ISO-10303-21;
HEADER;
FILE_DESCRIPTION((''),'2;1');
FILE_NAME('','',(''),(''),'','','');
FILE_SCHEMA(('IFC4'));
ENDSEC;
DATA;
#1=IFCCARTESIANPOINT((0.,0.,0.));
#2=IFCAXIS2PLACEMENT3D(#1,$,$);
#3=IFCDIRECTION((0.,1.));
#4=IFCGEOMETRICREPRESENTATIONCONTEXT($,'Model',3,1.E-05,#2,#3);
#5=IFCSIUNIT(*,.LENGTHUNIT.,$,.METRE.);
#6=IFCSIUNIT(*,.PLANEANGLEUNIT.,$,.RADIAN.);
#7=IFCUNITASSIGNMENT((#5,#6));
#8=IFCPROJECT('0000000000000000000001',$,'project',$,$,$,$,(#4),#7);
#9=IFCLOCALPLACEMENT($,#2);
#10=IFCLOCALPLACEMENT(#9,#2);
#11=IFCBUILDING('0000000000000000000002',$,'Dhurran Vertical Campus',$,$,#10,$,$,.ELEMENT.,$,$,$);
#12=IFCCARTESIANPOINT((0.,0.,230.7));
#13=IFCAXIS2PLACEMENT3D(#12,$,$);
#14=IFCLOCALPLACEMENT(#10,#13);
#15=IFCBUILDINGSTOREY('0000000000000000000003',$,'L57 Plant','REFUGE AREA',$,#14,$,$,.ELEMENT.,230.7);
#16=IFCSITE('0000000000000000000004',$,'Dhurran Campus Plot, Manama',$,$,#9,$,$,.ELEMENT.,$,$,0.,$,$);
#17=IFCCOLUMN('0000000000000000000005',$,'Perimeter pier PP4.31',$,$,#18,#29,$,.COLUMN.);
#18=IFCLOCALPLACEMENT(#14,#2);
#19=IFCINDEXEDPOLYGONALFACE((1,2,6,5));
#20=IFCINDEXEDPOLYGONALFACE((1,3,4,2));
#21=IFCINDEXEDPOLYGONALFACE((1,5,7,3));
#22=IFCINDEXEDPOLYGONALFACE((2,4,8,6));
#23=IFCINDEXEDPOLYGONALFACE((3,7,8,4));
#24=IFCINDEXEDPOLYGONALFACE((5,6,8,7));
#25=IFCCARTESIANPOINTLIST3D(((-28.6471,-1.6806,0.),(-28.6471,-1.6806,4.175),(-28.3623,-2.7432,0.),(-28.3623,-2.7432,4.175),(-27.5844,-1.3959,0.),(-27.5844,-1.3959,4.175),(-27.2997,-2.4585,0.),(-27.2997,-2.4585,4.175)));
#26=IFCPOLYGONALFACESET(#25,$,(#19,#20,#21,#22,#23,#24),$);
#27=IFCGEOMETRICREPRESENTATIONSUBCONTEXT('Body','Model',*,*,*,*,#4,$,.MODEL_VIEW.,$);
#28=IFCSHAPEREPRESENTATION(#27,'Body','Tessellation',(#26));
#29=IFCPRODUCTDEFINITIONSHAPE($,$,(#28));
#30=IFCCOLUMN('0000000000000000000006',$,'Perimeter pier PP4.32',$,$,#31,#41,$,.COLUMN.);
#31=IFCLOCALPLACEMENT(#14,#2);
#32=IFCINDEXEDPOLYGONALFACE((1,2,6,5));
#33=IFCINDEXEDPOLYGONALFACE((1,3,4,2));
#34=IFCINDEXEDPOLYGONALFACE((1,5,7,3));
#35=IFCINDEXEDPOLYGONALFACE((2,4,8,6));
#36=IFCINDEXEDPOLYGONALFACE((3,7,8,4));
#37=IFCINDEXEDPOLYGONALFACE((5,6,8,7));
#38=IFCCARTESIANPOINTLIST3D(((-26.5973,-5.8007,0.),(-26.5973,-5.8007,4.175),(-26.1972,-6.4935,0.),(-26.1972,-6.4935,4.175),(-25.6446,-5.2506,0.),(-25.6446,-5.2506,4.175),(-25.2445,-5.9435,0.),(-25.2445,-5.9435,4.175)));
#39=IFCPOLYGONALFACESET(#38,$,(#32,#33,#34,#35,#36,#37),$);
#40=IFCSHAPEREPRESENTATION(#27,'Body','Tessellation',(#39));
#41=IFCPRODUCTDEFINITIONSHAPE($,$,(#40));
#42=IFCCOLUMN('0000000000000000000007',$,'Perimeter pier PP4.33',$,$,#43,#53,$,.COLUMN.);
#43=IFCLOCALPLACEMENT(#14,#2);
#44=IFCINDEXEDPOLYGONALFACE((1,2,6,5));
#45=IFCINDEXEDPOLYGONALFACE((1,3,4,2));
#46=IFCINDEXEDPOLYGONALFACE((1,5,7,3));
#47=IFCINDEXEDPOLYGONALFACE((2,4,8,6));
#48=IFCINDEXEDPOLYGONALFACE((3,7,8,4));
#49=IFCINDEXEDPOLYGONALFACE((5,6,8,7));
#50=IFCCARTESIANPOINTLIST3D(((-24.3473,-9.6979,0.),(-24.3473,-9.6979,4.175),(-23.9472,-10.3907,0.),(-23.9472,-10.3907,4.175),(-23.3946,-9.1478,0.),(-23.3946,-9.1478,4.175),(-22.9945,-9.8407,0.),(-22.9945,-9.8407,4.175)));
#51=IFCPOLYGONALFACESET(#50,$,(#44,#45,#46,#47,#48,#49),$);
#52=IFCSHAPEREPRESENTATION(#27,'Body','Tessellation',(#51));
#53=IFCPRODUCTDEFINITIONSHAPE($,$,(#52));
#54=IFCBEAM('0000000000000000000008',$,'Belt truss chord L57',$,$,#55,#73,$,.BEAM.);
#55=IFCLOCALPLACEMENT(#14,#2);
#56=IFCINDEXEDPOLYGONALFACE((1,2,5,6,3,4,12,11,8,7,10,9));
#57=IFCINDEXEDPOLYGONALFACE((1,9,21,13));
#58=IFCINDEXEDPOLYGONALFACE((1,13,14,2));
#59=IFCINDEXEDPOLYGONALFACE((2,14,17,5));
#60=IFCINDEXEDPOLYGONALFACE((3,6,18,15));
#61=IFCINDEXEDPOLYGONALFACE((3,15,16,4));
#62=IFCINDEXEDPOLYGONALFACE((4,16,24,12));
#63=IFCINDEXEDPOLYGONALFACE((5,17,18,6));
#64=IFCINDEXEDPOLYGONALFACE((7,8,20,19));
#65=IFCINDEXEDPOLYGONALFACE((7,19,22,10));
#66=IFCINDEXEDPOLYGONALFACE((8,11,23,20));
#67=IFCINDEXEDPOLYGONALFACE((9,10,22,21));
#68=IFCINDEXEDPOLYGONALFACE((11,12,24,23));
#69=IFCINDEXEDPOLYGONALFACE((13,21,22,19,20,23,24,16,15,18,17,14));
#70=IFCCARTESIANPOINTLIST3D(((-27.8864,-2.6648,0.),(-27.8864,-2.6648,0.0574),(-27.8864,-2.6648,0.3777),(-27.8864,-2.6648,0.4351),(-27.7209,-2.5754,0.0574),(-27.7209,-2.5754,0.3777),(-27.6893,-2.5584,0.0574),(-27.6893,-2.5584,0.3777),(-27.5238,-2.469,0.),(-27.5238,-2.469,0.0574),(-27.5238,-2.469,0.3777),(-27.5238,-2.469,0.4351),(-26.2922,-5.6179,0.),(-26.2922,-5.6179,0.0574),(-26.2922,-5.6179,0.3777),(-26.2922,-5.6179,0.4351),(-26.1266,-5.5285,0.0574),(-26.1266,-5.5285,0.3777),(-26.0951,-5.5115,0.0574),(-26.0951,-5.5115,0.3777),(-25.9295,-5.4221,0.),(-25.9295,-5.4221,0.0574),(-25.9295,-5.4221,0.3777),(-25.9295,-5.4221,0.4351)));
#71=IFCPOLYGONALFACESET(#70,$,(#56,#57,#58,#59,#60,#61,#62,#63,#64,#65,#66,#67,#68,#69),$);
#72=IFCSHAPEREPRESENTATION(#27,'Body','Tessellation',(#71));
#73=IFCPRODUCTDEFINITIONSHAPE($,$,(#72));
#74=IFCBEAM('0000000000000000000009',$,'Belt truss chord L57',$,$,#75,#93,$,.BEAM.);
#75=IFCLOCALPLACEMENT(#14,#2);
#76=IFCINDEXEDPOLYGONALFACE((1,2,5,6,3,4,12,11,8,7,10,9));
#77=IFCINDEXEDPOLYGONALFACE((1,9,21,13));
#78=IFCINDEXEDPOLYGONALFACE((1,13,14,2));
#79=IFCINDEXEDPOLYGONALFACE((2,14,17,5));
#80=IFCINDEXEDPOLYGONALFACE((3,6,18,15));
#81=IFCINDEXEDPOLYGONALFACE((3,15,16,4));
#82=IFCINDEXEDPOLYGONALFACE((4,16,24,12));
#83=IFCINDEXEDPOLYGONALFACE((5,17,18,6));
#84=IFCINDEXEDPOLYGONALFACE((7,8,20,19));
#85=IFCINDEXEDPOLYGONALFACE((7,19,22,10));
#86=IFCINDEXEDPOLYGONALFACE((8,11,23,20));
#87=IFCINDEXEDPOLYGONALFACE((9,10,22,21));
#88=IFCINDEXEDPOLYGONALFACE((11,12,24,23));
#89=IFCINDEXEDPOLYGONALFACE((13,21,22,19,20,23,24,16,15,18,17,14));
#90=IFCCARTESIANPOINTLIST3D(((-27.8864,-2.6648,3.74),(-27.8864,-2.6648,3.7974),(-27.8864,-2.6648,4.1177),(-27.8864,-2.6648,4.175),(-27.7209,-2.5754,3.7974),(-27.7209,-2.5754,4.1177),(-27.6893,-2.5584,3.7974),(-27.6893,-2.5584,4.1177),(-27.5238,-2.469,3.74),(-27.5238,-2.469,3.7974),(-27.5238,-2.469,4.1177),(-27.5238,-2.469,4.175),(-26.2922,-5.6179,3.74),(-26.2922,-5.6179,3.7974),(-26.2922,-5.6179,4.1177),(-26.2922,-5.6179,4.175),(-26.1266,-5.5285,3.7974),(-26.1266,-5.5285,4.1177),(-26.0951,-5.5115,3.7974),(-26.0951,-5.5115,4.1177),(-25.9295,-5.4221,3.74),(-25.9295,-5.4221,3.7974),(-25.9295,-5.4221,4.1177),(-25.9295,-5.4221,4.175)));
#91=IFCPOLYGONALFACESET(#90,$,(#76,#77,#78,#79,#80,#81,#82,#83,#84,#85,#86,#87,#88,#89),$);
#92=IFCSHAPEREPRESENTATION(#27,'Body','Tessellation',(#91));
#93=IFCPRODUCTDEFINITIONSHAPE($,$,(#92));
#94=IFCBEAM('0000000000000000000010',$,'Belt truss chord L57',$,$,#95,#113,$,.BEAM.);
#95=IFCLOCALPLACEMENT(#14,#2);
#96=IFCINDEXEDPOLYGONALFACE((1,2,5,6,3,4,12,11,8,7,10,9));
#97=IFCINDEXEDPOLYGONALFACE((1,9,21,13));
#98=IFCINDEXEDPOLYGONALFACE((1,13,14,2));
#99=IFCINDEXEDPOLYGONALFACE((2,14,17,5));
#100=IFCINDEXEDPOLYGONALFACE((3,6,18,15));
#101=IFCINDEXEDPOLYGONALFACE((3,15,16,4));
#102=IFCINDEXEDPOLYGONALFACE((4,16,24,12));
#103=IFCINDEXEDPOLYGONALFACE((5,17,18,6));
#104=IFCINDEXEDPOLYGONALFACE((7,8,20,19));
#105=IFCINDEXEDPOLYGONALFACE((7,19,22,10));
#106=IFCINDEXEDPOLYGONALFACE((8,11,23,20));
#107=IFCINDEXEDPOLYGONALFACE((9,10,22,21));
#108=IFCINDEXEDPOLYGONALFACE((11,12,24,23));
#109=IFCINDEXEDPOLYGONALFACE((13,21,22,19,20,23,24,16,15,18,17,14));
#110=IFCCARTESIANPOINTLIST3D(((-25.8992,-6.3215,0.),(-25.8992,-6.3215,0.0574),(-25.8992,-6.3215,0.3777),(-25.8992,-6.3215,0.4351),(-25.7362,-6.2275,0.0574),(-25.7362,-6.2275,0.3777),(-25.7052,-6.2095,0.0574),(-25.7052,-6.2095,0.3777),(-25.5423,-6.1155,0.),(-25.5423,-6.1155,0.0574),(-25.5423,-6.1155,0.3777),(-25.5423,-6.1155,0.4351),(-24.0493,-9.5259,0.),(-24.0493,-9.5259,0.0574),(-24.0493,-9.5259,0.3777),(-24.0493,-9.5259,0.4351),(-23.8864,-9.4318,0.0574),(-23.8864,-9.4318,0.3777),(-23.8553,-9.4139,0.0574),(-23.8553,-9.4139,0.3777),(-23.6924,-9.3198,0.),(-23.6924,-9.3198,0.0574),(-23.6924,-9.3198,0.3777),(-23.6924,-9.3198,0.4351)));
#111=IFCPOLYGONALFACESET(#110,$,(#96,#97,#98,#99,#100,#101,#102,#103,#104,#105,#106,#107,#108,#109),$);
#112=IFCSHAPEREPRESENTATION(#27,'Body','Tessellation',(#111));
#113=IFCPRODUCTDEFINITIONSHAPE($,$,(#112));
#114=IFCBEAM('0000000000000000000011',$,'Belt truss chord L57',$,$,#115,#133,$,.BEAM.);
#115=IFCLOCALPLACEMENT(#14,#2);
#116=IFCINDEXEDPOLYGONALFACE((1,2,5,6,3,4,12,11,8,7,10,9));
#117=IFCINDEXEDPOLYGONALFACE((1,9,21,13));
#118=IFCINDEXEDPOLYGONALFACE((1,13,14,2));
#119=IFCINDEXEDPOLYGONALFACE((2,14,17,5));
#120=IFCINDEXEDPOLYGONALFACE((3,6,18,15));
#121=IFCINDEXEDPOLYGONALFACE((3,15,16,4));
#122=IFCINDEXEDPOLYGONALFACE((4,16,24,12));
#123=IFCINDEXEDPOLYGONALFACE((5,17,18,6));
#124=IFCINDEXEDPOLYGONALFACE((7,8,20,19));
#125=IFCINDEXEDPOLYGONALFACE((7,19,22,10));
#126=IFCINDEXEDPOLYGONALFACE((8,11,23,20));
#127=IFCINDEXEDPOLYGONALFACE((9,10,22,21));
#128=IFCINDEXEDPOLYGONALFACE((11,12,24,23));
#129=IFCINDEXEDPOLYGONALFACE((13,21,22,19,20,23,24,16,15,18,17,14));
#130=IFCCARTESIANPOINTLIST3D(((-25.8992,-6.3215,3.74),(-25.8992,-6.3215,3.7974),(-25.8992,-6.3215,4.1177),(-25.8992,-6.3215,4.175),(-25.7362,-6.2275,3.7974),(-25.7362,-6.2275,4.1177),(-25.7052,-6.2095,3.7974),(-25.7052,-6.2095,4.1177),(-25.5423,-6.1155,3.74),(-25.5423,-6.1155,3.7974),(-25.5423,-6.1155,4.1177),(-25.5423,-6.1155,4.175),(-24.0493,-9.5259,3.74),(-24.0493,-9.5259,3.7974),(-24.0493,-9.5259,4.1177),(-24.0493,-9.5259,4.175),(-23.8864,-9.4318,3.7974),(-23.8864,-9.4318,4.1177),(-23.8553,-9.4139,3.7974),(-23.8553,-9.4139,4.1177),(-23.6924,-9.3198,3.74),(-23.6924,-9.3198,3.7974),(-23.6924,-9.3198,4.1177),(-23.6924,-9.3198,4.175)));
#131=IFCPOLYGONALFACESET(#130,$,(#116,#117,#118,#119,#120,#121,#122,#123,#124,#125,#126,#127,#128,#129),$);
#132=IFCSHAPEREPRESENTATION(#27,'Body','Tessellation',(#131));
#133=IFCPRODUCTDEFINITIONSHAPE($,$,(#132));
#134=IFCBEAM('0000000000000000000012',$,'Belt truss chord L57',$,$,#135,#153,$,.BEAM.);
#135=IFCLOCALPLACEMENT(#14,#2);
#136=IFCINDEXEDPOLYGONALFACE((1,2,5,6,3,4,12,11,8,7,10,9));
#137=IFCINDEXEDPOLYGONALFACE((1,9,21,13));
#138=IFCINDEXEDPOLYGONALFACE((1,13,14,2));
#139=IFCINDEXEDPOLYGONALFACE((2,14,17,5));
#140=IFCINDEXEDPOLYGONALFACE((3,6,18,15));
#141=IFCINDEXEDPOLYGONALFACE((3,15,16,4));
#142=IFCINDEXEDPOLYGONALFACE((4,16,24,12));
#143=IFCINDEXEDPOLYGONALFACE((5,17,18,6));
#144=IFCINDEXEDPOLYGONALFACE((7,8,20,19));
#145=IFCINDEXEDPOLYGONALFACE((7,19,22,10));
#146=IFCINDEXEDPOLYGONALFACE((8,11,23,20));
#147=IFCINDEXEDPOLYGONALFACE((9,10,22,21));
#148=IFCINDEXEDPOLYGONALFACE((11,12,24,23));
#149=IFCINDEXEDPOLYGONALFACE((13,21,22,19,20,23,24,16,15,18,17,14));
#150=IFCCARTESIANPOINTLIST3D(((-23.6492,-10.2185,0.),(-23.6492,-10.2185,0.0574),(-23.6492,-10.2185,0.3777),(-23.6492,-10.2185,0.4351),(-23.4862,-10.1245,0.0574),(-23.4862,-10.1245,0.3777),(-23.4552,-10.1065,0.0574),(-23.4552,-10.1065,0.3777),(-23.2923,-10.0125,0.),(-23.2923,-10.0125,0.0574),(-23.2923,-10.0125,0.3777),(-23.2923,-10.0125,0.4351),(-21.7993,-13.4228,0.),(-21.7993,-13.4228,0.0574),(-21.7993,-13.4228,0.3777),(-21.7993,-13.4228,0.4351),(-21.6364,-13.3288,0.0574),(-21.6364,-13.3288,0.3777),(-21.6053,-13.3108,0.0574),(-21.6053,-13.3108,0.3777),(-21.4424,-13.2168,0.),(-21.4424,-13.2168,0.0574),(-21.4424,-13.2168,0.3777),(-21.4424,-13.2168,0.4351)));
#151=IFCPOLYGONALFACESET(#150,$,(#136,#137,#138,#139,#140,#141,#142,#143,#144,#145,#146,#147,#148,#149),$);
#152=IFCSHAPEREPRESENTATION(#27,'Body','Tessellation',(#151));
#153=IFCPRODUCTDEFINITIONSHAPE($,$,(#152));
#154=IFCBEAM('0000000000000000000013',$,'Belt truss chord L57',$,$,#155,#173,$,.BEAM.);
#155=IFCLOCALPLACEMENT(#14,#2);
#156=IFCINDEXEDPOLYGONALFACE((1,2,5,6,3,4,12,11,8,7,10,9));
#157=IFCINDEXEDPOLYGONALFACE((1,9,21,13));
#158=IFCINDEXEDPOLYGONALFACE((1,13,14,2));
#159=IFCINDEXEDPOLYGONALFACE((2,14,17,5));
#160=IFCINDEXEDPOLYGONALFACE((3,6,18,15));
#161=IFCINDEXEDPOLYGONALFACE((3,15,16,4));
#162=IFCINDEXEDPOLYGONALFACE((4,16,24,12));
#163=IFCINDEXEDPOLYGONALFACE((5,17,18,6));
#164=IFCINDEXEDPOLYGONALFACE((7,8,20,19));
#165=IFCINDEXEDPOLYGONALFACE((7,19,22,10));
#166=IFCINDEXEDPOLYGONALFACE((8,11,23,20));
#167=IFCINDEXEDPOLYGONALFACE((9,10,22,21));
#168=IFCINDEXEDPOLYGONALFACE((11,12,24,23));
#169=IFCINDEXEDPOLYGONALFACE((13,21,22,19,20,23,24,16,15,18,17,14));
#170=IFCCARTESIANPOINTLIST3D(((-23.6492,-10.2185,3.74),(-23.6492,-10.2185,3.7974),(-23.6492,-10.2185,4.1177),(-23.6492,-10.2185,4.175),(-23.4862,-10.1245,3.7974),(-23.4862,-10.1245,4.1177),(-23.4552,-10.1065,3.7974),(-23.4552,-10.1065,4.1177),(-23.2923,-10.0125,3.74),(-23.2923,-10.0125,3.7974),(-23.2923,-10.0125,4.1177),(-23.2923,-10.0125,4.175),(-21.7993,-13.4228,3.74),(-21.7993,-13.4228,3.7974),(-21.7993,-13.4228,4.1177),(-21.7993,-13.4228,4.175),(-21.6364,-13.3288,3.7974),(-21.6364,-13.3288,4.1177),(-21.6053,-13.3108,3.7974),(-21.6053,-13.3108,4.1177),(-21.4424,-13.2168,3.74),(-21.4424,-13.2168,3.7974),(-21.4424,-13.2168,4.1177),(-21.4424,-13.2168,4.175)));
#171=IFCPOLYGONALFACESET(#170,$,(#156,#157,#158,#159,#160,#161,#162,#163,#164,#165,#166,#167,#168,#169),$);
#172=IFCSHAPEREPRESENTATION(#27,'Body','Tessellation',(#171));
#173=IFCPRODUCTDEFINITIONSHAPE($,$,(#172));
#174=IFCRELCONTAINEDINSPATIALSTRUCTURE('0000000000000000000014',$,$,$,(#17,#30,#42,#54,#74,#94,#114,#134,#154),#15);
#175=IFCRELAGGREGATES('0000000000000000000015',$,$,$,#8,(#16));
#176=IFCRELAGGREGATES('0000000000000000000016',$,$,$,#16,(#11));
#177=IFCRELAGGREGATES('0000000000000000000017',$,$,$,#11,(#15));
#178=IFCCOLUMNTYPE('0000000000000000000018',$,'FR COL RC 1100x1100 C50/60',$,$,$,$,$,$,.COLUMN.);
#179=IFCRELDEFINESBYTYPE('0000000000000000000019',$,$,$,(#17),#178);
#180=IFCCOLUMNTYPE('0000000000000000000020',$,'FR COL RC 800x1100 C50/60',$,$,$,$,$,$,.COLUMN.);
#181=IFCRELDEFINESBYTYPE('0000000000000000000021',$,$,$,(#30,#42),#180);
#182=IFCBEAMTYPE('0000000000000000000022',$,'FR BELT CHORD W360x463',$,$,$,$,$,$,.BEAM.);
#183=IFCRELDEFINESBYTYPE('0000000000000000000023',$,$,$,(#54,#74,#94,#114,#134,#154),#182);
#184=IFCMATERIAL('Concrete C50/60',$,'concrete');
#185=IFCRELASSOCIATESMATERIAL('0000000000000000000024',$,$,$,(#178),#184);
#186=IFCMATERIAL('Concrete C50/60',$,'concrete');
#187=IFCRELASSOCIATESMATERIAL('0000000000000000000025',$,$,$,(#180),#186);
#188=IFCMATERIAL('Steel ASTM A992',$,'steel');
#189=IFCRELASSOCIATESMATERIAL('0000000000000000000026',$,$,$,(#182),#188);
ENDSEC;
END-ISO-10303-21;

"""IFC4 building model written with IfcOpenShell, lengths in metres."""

from ifc_helpers import new_model, si_unit, direction, frame, origin, origin_2d, place, context, subcontext, project, spatial, rectangle, i_section, extrude, material, material_profile, profile_set, type_object, element, save


model = new_model("IFC4")

# Units and contexts
model_context = context("Model", 3, precision=1e-05, world=origin(), true_north=direction((0.0, 1.0)))
body_context = subcontext(model_context, "Body", "Model", "MODEL_VIEW")
ifc_project = project(units=[si_unit("LENGTHUNIT", "METRE"), si_unit("PLANEANGLEUNIT", "RADIAN")], contexts=[model_context])

# Site, building, storey
site_placement = place(None, origin())
site = spatial("IfcSite", under=ifc_project, at=site_placement, Name="Dhurran Campus Plot, Manama", CompositionType="ELEMENT", RefElevation=0.0)
building_placement = place(site_placement, origin())
building = spatial("IfcBuilding", under=site, at=building_placement, Name="Dhurran Vertical Campus", CompositionType="ELEMENT")
storey_placement = place(building_placement, frame((0.0, 0.0, 230.7)))
storey = spatial("IfcBuildingStorey", under=building, at=storey_placement, Name="L57 Plant", Description="REFUGE AREA", CompositionType="ELEMENT", Elevation=230.7)

# Columns
ifc_material_1 = material(Name="Concrete C50/60", Category="concrete")
ifc_material_profile_1 = material_profile(ifc_material_1, rectangle(XDim=1.1001, YDim=1.1001, at=origin_2d()), Name="RC 1100x1100")
ifc_profile_set_1 = profile_set([ifc_material_profile_1], Name="Concrete C50/60")
column_type_1 = type_object("IfcColumnType", Name="FR COL RC 1100x1100 C50/60", PredefinedType="COLUMN", material=ifc_profile_set_1)
column_placement = place(storey_placement, frame((-27.9734, -2.0696, 0.0), z_axis=(0.0, 0.0, 1.0), x_axis=(0.258819, -0.965926, 0.0)))
element("IfcColumn", 1, at=column_placement, inside=storey, type_object=column_type_1, Name="Perimeter pier PP4.31", PredefinedType="COLUMN", context=body_context, shape_type="SweptSolid", body=[
    extrude(rectangle(XDim=1.1001, YDim=1.1001, at=origin_2d()), origin(), (0.0, 0.0, 1.0), 4.175),
])
ifc_material_2 = material(Name="Concrete C50/60", Category="concrete")
ifc_material_profile_2 = material_profile(ifc_material_2, rectangle(XDim=0.8, YDim=1.1001, at=origin_2d()), Name="RC 800x1100")
ifc_profile_set_2 = profile_set([ifc_material_profile_2], Name="Concrete C50/60")
column_type_2 = type_object("IfcColumnType", Name="FR COL RC 800x1100 C50/60", PredefinedType="COLUMN", material=ifc_profile_set_2)
for number, where, z_axis, x_axis, name in (
    (2, (-25.9209, -5.8721, 0.0), (0.0, 0.0, 1.0), (0.5, -0.866025, 0.0), "Perimeter pier PP4.32"),
    (3, (-23.6709, -9.7693, 0.0), (0.0, 0.0, 1.0), (0.5, -0.866025, 0.0), "Perimeter pier PP4.33"),
):
    element("IfcColumn", number, at=place(storey_placement, frame(where, z_axis=z_axis, x_axis=x_axis)), inside=storey, type_object=column_type_2, Name=name, PredefinedType="COLUMN", context=body_context, shape_type="SweptSolid", body=[
        extrude(rectangle(XDim=0.8, YDim=1.1001, at=origin_2d()), origin(), (0.0, 0.0, 1.0), 4.175),
    ])

# Beams
ifc_material_3 = material(Name="Steel ASTM A992", Category="steel")
ifc_material_profile_3 = material_profile(ifc_material_3, i_section(OverallWidth=0.4121, OverallDepth=0.4351, WebThickness=0.0359, FlangeThickness=0.0574, at=origin_2d()), Name="W360x463")
ifc_profile_set_3 = profile_set([ifc_material_profile_3], Name="Steel ASTM A992")
beam_type = type_object("IfcBeamType", Name="FR BELT CHORD W360x463", PredefinedType="BEAM", material=ifc_profile_set_3)
for number, where, z_axis, x_axis, name in (
    (4, (-27.7051, -2.5669, 0.2175), (0.475045, -0.879961, 0.0), (0.879961, 0.475045, 0.0), "Belt truss chord L57"),
    (5, (-27.7051, -2.5669, 3.9575), (0.475045, -0.879961, 0.0), (0.879961, 0.475045, 0.0), "Belt truss chord L57"),
):
    element("IfcBeam", number, at=place(storey_placement, frame(where, z_axis=z_axis, x_axis=x_axis)), inside=storey, type_object=beam_type, Name=name, PredefinedType="BEAM", context=body_context, shape_type="SweptSolid", body=[
        extrude(i_section(OverallWidth=0.4121, OverallDepth=0.4351, WebThickness=0.0359, FlangeThickness=0.0574, at=origin_2d()), origin(), (0.0, 0.0, 1.0), 3.356),
    ])
for number, where, z_axis, x_axis, name in (
    (6, (-25.7207, -6.2185, 0.2175), (0.499964, -0.866046, 0.0), (0.866046, 0.499964, 0.0), "Belt truss chord L57"),
    (7, (-25.7207, -6.2185, 3.9575), (0.499964, -0.866046, 0.0), (0.866046, 0.499964, 0.0), "Belt truss chord L57"),
    (8, (-23.4707, -10.1155, 0.2175), (0.499964, -0.866046, 0.0), (0.866046, 0.499964, 0.0), "Belt truss chord L57"),
    (9, (-23.4707, -10.1155, 3.9575), (0.499964, -0.866046, 0.0), (0.866046, 0.499964, 0.0), "Belt truss chord L57"),
):
    element("IfcBeam", number, at=place(storey_placement, frame(where, z_axis=z_axis, x_axis=x_axis)), inside=storey, type_object=beam_type, Name=name, PredefinedType="BEAM", context=body_context, shape_type="SweptSolid", body=[
        extrude(i_section(OverallWidth=0.4121, OverallDepth=0.4351, WebThickness=0.0359, FlangeThickness=0.0574, at=origin_2d()), origin(), (0.0, 0.0, 1.0), 3.7),
    ])

save(model, "model.ifc")
